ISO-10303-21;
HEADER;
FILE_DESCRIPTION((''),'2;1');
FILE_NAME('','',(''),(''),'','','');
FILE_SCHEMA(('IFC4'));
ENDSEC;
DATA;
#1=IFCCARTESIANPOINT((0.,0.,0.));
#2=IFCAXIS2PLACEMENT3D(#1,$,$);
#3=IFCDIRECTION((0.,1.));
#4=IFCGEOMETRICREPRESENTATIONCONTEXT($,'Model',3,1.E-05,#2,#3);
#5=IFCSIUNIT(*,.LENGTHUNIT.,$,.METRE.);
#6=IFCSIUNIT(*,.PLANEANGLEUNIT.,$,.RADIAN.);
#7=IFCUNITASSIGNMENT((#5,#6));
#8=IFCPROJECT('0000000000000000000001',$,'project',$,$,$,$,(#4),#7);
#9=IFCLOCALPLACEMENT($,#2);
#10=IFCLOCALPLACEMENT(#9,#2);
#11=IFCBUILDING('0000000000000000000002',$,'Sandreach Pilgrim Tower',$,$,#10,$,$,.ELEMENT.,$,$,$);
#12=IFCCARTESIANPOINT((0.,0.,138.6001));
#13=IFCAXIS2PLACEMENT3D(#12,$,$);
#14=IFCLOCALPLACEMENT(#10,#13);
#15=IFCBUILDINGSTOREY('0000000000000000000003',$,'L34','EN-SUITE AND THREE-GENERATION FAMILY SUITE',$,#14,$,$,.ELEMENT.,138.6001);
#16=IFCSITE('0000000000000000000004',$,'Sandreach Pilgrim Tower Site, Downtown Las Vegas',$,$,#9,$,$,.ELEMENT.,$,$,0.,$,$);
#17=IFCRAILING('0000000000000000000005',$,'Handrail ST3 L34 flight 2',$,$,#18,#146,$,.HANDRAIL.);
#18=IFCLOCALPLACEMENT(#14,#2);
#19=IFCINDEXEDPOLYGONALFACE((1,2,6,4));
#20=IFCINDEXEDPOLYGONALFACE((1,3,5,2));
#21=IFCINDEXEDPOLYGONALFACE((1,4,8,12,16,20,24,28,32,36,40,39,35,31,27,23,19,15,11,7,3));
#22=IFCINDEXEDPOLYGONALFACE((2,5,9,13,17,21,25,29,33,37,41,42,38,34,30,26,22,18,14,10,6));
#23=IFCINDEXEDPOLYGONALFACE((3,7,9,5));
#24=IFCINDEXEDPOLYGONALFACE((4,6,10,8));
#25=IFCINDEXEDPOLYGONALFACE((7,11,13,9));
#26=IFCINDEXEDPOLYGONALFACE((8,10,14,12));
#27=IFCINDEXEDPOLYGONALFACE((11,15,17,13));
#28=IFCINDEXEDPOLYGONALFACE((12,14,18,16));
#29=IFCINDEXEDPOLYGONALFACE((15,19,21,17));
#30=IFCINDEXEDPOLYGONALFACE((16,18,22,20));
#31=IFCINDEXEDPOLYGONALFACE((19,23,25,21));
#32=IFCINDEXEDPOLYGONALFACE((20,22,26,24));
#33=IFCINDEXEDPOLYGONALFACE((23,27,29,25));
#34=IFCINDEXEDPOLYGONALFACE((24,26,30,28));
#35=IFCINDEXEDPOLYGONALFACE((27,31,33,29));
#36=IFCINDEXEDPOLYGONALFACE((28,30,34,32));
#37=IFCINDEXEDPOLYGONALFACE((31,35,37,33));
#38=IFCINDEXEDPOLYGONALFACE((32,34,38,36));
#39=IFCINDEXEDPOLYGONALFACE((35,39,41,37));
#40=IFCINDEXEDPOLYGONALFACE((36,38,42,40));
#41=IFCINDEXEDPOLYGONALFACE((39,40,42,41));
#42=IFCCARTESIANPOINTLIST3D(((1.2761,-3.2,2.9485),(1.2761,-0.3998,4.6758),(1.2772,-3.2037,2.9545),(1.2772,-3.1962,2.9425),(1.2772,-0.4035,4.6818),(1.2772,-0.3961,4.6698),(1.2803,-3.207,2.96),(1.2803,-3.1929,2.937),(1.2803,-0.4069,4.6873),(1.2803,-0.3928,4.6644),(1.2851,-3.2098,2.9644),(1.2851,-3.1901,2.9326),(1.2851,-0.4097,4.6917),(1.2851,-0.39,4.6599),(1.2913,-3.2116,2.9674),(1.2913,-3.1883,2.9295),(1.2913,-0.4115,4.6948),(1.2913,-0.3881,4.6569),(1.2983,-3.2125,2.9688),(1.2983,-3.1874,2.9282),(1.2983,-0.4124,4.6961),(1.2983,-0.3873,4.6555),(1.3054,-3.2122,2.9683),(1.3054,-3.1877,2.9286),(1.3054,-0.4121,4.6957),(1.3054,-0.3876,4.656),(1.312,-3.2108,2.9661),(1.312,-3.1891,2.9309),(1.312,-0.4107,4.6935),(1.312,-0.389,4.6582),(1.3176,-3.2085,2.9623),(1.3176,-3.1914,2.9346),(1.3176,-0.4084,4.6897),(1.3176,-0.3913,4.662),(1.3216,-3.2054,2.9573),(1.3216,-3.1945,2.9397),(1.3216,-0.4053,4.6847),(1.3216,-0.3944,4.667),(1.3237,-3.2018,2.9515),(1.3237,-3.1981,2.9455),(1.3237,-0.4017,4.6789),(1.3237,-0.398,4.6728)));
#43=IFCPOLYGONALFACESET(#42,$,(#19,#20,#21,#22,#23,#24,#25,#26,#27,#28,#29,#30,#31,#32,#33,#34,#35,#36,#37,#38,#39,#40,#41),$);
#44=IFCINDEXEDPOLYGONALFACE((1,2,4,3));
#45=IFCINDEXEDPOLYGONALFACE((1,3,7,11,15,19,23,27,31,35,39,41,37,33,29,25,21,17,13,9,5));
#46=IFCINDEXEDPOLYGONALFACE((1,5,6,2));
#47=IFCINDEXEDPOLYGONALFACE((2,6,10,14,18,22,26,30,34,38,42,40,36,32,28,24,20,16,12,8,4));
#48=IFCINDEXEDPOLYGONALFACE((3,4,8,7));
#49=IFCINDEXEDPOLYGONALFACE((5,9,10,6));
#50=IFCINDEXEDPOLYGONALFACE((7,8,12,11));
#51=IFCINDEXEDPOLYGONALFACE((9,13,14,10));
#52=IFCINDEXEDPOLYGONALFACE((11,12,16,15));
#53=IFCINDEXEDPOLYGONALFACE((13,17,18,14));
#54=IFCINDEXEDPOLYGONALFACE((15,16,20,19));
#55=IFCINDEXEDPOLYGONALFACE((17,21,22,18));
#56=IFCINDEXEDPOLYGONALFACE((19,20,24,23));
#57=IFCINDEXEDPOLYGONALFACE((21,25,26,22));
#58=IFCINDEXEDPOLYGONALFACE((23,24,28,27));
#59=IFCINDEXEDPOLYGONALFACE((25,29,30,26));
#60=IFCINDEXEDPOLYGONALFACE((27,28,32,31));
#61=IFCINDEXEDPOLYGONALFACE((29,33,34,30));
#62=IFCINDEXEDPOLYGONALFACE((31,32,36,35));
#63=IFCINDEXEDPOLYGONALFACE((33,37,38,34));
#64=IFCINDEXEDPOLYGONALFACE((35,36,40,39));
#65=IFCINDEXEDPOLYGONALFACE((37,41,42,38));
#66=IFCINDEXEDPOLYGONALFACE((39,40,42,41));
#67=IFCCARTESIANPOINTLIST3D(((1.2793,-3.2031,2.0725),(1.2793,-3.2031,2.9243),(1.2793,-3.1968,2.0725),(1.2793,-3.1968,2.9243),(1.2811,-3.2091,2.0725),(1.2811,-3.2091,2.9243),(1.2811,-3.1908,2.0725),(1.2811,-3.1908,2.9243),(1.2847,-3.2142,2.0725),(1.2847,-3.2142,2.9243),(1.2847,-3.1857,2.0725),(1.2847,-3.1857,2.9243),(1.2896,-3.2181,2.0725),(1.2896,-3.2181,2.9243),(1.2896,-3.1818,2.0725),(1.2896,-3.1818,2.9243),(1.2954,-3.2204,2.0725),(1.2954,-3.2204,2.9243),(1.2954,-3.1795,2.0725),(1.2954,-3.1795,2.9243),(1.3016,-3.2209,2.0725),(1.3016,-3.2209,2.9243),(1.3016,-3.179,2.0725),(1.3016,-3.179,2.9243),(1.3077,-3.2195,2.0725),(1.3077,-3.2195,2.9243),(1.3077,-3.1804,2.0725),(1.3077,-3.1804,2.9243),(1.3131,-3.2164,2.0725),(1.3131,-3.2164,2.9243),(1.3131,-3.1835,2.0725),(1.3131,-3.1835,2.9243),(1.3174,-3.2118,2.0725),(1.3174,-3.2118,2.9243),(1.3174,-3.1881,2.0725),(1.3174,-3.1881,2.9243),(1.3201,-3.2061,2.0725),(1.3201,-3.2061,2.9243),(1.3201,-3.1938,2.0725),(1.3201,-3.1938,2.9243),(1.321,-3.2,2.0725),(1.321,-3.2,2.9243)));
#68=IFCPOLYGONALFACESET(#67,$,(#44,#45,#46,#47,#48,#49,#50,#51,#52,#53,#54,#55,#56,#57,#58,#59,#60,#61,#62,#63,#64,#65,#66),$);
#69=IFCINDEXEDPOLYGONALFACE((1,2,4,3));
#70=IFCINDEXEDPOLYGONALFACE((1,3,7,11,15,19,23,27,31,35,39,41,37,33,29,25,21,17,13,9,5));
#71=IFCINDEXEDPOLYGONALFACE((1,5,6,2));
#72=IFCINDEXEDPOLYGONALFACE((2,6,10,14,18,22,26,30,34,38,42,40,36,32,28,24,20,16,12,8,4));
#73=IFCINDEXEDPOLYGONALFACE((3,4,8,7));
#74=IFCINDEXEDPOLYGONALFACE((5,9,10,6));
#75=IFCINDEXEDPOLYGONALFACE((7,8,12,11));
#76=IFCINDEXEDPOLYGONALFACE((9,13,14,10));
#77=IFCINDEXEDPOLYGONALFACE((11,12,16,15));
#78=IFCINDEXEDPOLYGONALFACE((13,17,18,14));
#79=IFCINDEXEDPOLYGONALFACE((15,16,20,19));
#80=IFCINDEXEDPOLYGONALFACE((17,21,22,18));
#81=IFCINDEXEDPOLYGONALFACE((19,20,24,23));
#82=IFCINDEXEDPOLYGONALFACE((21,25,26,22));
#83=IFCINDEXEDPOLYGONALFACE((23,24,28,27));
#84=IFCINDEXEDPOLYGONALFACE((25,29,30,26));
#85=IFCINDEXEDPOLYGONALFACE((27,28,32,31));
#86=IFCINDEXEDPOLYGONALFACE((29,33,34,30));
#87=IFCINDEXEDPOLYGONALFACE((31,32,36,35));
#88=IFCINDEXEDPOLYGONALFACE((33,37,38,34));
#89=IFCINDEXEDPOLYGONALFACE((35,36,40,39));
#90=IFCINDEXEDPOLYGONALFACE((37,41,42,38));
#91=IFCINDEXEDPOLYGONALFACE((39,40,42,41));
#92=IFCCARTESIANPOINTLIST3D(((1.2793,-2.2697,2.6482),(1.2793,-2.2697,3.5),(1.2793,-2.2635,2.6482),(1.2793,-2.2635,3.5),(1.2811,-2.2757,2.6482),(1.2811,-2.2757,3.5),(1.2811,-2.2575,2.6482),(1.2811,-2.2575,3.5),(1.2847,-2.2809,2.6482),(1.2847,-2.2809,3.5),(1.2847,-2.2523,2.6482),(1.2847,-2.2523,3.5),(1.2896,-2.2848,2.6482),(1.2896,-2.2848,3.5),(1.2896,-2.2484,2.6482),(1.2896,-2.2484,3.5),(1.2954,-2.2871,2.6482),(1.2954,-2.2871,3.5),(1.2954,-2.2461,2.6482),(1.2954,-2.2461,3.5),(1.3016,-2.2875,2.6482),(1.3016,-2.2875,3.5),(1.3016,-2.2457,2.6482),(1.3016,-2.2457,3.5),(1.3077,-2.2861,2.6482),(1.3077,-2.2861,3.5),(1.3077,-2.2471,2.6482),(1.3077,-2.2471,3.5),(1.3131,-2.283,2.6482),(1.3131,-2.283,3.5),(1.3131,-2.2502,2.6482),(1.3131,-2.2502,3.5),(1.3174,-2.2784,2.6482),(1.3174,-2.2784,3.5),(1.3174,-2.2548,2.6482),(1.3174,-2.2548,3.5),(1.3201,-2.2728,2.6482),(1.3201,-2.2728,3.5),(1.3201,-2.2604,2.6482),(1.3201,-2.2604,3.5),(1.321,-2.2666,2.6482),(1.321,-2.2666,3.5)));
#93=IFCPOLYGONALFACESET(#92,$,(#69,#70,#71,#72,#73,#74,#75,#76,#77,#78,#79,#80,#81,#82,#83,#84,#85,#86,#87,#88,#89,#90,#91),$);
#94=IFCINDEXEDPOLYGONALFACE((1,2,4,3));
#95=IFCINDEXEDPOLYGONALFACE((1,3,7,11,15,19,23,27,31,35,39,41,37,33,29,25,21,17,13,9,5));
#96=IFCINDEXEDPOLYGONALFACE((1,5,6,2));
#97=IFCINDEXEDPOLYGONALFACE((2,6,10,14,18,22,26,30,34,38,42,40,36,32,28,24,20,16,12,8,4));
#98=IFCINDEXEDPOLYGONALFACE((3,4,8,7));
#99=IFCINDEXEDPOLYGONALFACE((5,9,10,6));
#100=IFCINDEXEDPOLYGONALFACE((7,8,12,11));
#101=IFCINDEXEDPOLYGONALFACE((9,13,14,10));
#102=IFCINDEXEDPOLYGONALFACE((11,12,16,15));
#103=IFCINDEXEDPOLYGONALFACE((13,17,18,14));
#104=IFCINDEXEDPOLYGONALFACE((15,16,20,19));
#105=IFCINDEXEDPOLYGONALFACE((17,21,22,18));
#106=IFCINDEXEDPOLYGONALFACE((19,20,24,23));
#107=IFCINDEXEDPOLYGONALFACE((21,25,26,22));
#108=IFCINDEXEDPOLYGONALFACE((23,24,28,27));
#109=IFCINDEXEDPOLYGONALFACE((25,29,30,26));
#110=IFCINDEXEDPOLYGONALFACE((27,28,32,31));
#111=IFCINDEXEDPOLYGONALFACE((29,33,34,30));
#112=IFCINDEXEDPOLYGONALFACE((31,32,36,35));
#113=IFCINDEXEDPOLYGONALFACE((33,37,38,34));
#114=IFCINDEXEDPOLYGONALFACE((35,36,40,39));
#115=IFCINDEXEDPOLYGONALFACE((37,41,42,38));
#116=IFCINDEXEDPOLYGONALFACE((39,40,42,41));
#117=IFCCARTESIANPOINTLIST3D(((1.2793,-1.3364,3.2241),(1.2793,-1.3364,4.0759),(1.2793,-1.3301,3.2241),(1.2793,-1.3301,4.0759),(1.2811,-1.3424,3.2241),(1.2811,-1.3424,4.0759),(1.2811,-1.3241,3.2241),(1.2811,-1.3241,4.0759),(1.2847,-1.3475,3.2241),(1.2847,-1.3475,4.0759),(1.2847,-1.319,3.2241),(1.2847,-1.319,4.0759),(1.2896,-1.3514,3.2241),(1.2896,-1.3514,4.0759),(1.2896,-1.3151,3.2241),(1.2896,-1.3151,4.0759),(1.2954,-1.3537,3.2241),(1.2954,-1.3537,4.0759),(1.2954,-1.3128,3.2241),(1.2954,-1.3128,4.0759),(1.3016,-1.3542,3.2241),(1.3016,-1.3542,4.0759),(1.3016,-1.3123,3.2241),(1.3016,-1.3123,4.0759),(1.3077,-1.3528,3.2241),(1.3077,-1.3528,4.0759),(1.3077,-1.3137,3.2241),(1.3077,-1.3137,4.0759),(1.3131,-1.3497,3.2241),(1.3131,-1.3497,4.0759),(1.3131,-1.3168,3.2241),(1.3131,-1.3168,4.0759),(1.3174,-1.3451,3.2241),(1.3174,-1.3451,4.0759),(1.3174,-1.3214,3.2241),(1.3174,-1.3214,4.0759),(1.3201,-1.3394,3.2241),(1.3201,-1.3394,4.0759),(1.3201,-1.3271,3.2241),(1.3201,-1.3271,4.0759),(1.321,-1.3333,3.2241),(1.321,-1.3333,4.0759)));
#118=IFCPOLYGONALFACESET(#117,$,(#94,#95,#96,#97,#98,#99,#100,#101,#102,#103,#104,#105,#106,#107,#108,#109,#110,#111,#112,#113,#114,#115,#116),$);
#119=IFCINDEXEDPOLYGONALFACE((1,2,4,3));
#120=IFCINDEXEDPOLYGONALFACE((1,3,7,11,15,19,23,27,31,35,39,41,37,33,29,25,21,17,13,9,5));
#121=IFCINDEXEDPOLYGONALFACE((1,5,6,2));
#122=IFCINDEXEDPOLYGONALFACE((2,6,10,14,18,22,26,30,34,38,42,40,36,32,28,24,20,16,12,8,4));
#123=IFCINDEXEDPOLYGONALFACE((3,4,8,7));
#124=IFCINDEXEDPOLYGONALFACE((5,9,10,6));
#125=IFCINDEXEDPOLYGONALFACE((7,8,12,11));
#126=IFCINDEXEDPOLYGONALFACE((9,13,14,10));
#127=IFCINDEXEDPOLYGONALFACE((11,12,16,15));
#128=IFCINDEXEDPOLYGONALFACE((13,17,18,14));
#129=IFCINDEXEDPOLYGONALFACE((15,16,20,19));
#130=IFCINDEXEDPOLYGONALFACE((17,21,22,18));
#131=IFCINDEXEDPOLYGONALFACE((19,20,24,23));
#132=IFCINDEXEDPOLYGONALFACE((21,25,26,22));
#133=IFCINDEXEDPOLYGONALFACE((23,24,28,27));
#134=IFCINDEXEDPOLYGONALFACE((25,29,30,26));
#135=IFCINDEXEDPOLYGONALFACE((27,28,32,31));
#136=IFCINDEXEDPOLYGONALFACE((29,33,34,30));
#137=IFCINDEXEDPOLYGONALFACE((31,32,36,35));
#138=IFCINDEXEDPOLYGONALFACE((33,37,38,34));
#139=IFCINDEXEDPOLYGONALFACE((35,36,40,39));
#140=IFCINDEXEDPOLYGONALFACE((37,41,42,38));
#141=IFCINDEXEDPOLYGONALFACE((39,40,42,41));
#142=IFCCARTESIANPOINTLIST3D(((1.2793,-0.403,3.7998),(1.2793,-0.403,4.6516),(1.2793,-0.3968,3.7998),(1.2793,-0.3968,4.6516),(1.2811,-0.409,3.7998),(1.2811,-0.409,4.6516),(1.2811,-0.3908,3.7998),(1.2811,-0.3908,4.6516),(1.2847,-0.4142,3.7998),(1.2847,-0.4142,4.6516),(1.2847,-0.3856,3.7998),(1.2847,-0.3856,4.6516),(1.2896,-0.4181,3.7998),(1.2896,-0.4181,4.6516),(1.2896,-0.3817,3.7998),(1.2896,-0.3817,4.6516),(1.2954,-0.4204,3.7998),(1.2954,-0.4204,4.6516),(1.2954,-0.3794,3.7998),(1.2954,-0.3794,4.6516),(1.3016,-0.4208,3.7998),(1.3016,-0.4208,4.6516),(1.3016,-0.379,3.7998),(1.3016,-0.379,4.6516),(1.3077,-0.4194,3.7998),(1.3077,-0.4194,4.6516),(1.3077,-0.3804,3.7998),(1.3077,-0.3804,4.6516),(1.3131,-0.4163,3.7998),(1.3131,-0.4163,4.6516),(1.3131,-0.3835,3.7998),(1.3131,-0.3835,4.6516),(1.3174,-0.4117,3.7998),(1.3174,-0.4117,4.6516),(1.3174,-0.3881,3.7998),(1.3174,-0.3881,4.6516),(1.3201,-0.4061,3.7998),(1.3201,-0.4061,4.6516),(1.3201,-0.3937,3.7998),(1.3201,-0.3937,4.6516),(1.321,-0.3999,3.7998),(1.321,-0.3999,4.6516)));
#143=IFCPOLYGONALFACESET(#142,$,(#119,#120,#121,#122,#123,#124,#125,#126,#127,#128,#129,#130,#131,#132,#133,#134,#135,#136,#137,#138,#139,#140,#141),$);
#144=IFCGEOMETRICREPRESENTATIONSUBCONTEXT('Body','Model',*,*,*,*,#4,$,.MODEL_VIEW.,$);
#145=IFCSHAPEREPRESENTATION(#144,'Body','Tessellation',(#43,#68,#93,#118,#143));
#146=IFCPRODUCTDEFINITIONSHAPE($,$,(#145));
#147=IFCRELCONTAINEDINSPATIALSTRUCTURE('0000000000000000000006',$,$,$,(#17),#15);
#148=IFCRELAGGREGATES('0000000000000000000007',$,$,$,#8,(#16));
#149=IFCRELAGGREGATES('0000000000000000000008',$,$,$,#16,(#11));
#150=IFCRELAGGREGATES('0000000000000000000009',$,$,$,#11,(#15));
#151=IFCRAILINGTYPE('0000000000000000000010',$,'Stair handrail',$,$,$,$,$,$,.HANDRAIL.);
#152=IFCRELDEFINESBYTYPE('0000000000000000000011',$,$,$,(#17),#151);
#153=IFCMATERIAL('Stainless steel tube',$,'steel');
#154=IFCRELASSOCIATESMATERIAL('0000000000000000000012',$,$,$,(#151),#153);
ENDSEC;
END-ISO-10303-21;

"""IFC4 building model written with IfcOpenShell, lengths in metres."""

from ifc_helpers import new_model, si_unit, direction, frame, origin, origin_2d, place, context, subcontext, project, spatial, circle, extrude, material, type_object, element, save


model = new_model("IFC4")

# Units and contexts
model_context = context("Model", 3, precision=1e-05, world=origin(), true_north=direction((0.0, 1.0)))
body_context = subcontext(model_context, "Body", "Model", "MODEL_VIEW")
ifc_project = project(units=[si_unit("LENGTHUNIT", "METRE"), si_unit("PLANEANGLEUNIT", "RADIAN")], contexts=[model_context])

# Site, building, storey
site_placement = place(None, origin())
site = spatial("IfcSite", under=ifc_project, at=site_placement, Name="Sandreach Pilgrim Tower Site, Downtown Las Vegas", CompositionType="ELEMENT", RefElevation=0.0)
building_placement = place(site_placement, origin())
building = spatial("IfcBuilding", under=site, at=building_placement, Name="Sandreach Pilgrim Tower", CompositionType="ELEMENT")
storey_placement = place(building_placement, frame((0.0, 0.0, 138.6001)))
storey = spatial("IfcBuildingStorey", under=building, at=storey_placement, Name="L34", Description="EN-SUITE AND THREE-GENERATION FAMILY SUITE", CompositionType="ELEMENT", Elevation=138.6001)

# Railing
ifc_material_1 = material(Name="Stainless steel tube", Category="steel")
railing_type = type_object("IfcRailingType", Name="Stair handrail", PredefinedType="HANDRAIL", material=ifc_material_1)
for number, where, name in (
    (1, (1.3, -3.2, 2.0725), "Handrail ST3 L34 flight 2"),
):
    element("IfcRailing", number, at=place(storey_placement, frame(where)), inside=storey, type_object=railing_type, Name=name, PredefinedType="HANDRAIL", context=body_context, shape_type="SweptSolid", body=[
        extrude(circle(Radius=0.0239, at=origin_2d()), frame((0.0, 0.0, 0.876), z_axis=(0.0, 0.85109, 0.52502), x_axis=(-1.0, 0.0, 0.0)), (0.0, 0.0, 1.0), 3.29),
        extrude(circle(Radius=0.021, at=origin_2d()), origin(), (0.0, 0.0, 1.0), 0.8518),
        extrude(circle(Radius=0.021, at=origin_2d()), frame((0.0, 0.9333, 0.5757)), (0.0, 0.0, 1.0), 0.8518),
        extrude(circle(Radius=0.021, at=origin_2d()), frame((0.0, 1.8667, 1.1516)), (0.0, 0.0, 1.0), 0.8518),
        extrude(circle(Radius=0.021, at=origin_2d()), frame((0.0, 2.8, 1.7273)), (0.0, 0.0, 1.0), 0.8518),
    ])

save(model, "model.ifc")
